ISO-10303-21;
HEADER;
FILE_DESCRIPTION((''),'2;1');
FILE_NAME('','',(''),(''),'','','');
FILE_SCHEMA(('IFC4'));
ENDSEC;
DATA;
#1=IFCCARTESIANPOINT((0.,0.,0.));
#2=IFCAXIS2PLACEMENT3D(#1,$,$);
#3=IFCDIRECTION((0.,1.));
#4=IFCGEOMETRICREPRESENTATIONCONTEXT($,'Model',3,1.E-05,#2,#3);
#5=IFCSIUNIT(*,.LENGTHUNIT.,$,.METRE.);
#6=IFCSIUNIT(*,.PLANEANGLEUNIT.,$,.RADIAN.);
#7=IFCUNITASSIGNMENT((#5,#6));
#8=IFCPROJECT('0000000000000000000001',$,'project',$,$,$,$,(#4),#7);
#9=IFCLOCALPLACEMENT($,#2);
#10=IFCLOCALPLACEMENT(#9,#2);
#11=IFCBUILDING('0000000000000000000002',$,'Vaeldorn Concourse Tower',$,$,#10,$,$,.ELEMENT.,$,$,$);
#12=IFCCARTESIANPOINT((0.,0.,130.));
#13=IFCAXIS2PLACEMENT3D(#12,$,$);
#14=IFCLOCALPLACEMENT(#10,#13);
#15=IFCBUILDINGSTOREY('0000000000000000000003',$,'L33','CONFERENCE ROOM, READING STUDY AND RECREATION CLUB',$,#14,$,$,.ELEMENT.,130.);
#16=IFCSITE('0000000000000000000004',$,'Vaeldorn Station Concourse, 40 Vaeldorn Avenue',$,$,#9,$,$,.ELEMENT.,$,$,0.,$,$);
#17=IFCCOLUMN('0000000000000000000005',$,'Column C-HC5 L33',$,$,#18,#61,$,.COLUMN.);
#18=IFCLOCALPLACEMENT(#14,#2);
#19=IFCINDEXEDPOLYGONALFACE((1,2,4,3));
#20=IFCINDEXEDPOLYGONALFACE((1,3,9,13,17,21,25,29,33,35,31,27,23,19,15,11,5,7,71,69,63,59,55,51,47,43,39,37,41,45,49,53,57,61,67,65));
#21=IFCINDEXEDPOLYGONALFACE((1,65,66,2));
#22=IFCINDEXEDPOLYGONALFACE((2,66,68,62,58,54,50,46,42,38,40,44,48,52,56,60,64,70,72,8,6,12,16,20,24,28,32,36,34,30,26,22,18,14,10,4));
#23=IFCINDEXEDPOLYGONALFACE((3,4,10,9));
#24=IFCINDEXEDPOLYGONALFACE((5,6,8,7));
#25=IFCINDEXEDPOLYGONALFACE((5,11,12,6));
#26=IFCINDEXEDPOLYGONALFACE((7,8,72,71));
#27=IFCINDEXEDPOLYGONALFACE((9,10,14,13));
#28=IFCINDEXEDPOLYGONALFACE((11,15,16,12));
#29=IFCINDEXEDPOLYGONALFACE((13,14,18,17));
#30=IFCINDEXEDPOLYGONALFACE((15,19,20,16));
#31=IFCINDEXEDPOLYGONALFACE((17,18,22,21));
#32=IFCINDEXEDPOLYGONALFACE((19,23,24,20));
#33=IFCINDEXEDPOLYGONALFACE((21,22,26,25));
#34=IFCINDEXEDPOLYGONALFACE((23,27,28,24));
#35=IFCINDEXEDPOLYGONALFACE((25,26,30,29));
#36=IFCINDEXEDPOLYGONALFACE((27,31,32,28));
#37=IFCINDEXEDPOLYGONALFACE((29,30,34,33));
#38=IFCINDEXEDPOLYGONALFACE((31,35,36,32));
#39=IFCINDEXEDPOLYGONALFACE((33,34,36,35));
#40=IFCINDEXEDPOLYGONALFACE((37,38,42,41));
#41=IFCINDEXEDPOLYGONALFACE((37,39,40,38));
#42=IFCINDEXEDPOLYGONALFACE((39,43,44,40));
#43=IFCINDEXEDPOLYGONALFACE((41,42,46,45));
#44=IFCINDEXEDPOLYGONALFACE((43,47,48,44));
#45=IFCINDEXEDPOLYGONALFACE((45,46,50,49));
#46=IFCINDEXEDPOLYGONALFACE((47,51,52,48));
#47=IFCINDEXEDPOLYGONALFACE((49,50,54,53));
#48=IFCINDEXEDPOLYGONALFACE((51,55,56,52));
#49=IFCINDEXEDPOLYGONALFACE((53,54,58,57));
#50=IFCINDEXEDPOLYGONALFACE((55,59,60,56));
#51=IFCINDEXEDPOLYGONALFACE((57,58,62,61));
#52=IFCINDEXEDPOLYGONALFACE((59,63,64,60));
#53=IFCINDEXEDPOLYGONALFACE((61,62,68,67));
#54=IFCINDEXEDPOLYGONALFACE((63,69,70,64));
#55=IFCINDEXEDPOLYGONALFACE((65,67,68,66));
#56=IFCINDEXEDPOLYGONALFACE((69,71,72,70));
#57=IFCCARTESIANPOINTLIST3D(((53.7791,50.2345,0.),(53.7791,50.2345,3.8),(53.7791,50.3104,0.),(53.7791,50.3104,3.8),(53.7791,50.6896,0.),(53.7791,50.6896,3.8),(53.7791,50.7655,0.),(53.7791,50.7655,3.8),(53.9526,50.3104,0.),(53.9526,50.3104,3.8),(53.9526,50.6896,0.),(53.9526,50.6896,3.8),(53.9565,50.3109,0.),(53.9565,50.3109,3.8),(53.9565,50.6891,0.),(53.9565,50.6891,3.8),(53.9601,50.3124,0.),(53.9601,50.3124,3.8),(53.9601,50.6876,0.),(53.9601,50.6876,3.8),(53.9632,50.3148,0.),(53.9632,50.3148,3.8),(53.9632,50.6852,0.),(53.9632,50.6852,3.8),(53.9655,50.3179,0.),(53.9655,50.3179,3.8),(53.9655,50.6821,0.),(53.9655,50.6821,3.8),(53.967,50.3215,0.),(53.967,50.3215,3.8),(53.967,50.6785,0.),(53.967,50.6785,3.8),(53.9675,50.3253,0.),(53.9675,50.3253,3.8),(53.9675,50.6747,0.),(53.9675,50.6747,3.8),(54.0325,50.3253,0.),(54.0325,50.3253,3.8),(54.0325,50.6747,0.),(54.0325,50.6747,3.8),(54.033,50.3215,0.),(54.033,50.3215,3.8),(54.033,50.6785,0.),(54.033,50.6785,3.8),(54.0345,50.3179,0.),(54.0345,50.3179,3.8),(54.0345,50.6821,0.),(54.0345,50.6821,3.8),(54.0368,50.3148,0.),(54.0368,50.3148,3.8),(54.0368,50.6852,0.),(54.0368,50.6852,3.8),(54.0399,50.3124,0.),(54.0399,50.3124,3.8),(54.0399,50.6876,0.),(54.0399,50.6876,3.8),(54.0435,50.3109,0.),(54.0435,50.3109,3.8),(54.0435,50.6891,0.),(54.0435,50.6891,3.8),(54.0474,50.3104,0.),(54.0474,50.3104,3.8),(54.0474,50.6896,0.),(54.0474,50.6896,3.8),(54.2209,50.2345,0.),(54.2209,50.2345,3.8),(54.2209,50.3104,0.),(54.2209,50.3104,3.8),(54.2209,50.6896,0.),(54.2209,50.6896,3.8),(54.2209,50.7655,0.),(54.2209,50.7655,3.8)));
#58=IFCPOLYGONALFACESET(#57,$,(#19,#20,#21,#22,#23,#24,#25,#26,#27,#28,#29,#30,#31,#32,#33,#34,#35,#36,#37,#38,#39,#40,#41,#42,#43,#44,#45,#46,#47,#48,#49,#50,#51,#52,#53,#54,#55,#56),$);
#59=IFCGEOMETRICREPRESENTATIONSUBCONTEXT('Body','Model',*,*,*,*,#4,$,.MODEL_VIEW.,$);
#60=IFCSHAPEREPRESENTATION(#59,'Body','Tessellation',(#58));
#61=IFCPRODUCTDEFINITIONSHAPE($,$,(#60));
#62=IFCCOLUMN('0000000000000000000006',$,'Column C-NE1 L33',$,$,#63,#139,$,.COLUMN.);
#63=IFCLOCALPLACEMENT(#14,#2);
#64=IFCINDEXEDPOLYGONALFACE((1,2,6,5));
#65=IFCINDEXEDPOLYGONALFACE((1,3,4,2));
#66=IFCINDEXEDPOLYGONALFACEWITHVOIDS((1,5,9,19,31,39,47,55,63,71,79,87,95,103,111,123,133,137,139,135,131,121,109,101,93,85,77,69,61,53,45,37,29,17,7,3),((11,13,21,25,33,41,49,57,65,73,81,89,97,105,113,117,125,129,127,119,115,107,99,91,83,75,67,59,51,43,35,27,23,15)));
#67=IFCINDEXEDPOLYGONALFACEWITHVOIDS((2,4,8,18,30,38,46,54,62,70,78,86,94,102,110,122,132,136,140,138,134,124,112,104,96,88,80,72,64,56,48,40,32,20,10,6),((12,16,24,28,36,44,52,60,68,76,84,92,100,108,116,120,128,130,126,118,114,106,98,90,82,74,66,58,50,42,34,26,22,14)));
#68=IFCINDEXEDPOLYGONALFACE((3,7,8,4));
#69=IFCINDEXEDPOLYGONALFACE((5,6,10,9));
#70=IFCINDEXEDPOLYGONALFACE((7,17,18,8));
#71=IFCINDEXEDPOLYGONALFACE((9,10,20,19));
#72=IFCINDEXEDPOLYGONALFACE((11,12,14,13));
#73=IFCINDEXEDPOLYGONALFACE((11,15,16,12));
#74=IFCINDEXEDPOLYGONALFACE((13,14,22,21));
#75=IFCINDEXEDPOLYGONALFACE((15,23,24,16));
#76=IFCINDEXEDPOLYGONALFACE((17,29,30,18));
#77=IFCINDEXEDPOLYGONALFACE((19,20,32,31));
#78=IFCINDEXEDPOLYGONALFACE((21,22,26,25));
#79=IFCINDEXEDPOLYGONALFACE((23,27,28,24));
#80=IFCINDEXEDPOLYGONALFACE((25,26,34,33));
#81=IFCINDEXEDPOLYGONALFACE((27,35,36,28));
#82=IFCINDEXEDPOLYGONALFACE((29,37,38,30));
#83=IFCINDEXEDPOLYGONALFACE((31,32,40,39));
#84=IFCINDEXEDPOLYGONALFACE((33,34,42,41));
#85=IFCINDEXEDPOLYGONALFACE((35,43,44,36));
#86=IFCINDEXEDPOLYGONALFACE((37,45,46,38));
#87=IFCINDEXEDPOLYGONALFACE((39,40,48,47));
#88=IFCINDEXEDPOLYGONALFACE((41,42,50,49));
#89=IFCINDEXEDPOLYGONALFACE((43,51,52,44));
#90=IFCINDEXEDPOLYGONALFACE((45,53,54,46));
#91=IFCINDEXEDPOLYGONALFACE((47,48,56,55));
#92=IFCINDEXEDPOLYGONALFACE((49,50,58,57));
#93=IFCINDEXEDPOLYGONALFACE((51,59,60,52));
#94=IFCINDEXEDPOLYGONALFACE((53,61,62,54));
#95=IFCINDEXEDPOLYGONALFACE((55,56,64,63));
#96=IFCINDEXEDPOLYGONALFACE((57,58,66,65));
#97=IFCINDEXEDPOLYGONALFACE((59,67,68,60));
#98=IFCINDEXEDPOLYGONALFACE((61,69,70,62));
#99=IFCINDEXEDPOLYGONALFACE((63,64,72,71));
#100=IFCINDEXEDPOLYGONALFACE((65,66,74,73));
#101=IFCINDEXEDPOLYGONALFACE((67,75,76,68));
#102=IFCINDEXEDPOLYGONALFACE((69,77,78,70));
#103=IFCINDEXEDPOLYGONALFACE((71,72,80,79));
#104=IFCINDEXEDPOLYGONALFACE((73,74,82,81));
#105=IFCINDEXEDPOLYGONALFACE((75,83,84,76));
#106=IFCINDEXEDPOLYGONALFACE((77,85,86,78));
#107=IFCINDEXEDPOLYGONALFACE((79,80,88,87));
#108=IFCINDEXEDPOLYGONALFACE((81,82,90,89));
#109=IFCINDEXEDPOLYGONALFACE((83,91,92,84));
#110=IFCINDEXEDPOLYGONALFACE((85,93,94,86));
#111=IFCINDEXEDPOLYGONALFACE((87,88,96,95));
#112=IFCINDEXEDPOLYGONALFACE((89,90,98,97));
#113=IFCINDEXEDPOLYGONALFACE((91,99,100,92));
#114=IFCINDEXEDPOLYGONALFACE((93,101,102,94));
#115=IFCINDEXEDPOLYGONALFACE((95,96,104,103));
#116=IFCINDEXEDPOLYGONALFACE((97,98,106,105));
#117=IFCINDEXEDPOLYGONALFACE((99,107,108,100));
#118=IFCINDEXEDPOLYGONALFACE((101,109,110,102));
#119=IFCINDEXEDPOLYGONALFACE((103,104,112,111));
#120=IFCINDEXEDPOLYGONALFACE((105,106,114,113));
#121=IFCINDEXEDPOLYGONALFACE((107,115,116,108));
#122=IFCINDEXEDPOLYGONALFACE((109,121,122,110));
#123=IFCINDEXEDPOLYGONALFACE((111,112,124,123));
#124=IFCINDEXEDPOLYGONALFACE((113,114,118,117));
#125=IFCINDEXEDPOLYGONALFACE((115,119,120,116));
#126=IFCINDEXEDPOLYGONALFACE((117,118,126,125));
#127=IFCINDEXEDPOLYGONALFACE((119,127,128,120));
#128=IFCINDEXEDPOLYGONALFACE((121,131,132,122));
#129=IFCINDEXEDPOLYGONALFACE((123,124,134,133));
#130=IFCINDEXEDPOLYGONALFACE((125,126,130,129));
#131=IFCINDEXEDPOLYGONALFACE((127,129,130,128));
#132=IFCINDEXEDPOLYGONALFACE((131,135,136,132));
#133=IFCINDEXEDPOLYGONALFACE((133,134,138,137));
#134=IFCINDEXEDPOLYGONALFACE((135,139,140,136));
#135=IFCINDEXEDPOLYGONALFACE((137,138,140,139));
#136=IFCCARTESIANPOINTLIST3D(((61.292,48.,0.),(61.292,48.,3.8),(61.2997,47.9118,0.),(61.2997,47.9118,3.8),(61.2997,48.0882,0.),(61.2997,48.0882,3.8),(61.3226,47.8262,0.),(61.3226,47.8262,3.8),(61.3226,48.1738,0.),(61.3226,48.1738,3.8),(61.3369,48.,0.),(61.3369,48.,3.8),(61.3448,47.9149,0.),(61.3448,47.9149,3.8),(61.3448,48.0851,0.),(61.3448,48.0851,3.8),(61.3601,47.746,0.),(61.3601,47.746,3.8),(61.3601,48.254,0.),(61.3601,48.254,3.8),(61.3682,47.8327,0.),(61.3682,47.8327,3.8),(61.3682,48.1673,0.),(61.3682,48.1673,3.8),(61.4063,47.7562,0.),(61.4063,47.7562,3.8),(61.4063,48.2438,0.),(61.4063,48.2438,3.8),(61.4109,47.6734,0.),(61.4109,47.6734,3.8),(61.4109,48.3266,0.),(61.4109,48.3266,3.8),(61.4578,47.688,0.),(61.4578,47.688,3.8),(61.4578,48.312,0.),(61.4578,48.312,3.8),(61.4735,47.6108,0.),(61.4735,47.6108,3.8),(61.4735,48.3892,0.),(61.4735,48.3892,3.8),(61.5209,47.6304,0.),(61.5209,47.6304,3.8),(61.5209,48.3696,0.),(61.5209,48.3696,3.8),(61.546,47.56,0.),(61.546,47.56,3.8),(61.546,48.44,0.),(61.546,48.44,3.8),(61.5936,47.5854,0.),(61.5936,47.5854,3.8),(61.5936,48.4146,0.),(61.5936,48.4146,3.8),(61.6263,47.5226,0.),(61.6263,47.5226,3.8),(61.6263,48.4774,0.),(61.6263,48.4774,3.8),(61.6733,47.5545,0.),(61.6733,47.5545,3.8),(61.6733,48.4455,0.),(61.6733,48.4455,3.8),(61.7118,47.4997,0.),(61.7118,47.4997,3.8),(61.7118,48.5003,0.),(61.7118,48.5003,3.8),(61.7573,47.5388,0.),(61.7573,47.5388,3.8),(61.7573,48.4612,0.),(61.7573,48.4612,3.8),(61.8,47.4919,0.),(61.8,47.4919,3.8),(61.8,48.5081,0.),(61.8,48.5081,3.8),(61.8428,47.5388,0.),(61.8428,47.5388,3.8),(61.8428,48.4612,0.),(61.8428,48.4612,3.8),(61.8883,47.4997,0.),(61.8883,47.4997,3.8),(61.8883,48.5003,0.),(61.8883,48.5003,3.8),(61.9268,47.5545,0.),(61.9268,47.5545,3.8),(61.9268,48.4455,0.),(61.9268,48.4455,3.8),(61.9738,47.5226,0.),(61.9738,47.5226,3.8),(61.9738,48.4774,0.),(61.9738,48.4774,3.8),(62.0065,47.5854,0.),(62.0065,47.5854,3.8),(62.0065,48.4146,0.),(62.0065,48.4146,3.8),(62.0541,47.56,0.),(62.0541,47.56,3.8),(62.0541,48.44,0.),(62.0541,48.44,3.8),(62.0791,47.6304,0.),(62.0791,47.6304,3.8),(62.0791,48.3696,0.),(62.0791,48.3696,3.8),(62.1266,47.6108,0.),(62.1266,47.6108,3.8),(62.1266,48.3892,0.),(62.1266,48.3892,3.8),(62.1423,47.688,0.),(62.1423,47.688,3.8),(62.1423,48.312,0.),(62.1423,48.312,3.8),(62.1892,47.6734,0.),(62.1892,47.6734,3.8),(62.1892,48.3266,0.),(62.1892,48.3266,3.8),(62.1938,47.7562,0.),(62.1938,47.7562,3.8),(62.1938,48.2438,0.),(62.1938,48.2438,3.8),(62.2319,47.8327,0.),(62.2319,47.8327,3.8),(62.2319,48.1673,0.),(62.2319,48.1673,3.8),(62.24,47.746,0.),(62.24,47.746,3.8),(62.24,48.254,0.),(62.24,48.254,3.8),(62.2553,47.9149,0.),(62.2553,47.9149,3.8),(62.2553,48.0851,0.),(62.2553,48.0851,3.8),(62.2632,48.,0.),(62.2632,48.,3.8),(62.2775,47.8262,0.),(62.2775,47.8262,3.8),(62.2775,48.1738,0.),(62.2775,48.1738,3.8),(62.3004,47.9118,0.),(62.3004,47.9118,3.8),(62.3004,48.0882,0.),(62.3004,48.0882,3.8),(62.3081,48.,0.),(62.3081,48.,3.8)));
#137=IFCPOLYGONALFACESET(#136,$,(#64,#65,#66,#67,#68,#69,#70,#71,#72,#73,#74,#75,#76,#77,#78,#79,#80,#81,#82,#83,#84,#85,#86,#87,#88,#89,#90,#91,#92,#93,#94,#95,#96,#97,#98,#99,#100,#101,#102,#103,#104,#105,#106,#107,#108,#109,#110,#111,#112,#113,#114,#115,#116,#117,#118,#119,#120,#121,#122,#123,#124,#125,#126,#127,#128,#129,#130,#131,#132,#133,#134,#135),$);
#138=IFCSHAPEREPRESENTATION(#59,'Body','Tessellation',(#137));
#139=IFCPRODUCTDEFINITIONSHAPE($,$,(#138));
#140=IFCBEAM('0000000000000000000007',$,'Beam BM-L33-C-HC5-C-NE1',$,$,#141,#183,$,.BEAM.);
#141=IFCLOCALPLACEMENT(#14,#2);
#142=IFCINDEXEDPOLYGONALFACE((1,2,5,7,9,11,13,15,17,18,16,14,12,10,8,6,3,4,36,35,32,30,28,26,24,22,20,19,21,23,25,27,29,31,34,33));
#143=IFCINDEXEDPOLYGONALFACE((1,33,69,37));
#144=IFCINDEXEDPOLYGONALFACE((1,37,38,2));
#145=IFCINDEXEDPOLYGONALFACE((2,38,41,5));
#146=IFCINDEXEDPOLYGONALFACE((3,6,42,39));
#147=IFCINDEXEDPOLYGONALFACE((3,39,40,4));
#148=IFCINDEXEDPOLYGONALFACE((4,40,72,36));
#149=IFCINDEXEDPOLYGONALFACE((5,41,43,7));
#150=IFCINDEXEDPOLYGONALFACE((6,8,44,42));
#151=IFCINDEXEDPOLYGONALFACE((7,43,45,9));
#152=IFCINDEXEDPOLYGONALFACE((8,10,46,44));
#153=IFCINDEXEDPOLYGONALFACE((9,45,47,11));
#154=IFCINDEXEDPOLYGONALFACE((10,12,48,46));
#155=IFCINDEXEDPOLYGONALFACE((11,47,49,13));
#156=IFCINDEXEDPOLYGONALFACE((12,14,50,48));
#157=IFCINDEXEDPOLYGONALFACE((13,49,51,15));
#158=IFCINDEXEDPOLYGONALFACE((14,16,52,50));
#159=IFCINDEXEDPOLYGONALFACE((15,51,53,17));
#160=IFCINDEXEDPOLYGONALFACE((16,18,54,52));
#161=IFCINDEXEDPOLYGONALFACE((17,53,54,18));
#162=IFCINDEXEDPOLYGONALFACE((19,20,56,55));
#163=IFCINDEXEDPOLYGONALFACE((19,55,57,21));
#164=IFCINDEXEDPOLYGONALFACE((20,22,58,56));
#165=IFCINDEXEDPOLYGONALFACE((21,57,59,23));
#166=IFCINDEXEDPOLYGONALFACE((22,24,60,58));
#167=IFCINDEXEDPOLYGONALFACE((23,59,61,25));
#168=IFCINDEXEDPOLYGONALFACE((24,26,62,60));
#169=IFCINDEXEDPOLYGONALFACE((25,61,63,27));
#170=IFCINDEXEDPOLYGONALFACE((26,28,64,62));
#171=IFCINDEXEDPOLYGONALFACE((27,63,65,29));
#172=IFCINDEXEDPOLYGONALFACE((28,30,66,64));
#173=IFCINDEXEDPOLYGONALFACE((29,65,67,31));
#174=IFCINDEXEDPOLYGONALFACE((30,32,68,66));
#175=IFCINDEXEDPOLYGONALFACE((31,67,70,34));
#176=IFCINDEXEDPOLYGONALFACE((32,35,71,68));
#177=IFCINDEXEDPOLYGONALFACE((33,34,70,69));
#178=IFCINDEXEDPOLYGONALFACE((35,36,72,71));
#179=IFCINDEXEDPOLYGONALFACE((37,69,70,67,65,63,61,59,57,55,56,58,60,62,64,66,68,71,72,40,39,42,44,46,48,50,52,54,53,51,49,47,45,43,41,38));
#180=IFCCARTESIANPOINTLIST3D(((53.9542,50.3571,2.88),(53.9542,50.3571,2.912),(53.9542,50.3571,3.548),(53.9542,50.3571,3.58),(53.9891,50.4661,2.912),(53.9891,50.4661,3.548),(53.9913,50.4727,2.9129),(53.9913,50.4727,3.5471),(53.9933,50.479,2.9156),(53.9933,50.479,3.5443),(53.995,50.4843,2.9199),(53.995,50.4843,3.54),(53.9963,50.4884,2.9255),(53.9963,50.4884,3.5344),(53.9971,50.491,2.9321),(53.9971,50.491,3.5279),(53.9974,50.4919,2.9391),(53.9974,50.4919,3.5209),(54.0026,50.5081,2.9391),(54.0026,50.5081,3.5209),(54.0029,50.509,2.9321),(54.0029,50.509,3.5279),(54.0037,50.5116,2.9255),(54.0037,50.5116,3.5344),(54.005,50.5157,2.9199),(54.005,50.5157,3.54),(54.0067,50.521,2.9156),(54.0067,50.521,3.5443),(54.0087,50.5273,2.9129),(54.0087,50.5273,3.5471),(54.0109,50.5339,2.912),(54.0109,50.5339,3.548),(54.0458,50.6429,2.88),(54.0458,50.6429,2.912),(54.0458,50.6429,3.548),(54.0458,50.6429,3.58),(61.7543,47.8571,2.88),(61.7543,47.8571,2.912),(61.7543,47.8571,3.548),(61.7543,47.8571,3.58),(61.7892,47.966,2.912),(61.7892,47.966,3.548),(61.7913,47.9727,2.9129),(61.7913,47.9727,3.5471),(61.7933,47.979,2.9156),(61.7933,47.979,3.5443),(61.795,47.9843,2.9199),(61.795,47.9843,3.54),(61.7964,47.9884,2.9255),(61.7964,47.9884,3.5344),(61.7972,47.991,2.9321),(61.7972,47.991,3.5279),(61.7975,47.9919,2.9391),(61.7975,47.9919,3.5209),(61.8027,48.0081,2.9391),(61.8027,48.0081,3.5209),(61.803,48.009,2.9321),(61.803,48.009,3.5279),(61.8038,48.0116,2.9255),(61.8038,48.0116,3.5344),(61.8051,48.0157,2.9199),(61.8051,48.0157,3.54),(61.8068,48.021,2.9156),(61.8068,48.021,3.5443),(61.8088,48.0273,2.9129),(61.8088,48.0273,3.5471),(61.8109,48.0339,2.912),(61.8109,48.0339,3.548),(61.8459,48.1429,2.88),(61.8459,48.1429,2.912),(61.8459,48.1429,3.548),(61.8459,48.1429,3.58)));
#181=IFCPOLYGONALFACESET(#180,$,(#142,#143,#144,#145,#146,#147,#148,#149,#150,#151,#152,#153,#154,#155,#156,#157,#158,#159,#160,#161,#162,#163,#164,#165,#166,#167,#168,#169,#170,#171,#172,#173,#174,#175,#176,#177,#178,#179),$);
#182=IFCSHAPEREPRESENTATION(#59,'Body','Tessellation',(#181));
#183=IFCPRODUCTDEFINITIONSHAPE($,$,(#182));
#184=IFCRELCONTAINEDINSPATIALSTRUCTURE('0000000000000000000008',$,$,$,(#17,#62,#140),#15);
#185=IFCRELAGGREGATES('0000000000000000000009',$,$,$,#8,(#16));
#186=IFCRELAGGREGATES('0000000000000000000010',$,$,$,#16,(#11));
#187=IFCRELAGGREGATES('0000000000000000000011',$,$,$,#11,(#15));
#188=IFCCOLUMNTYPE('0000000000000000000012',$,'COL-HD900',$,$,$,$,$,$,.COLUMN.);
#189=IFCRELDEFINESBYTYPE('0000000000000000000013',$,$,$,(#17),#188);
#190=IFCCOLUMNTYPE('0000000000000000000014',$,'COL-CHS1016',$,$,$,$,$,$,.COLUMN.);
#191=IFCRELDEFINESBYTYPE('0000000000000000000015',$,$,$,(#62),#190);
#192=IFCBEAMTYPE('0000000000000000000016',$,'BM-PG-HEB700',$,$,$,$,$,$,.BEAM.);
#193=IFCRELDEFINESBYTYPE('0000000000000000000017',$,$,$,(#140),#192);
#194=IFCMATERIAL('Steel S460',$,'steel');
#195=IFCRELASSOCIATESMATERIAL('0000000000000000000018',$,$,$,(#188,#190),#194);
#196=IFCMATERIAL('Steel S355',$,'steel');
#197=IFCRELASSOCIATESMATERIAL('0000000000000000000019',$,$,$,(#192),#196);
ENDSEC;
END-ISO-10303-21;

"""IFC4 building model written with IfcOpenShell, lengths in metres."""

from ifc_helpers import new_model, si_unit, direction, frame, origin, origin_2d, place, context, subcontext, project, spatial, hollow_circle, i_section, extrude, source, transform, mapped, material, material_profile, profile_set, type_object, element, save


model = new_model("IFC4")

# Units and contexts
model_context = context("Model", 3, precision=1e-05, world=origin(), true_north=direction((0.0, 1.0)))
body_context = subcontext(model_context, "Body", "Model", "MODEL_VIEW")
ifc_project = project(units=[si_unit("LENGTHUNIT", "METRE"), si_unit("PLANEANGLEUNIT", "RADIAN")], contexts=[model_context])

# Site, building, storey
site_placement = place(None, origin())
site = spatial("IfcSite", under=ifc_project, at=site_placement, Name="Vaeldorn Station Concourse, 40 Vaeldorn Avenue", CompositionType="ELEMENT", RefElevation=0.0)
building_placement = place(site_placement, origin())
building = spatial("IfcBuilding", under=site, at=building_placement, Name="Vaeldorn Concourse Tower", CompositionType="ELEMENT")
storey_placement = place(building_placement, frame((0.0, 0.0, 130.0)))
storey = spatial("IfcBuildingStorey", under=building, at=storey_placement, Name="L33", Description="CONFERENCE ROOM, READING STUDY AND RECREATION CLUB", CompositionType="ELEMENT", Elevation=130.0)

# Columns
ifc_material_1 = material(Name="Steel S460", Category="steel")
ifc_material_profile_1 = material_profile(ifc_material_1, i_section(OverallWidth=0.4419, OverallDepth=0.531, WebThickness=0.0649, FlangeThickness=0.0759, FilletRadius=0.0149, at=origin_2d()), Name="HD 400x900")
ifc_profile_set_1 = profile_set([ifc_material_profile_1], Name="Steel S460")
column_type_1 = type_object("IfcColumnType", Name="COL-HD900", PredefinedType="COLUMN", material=ifc_profile_set_1)
shared_shape_1 = source(origin(), body_context, "Body", "SweptSolid", [
    extrude(i_section(OverallWidth=0.4419, OverallDepth=0.531, WebThickness=0.0649, FlangeThickness=0.0759, FilletRadius=0.0149, at=origin_2d()), origin(), (0.0, 0.0, 1.0), 3.8),
])
column_1_placement = place(storey_placement, frame((54.0, 50.5, 0.0), z_axis=(0.0, 0.0, 1.0), x_axis=(1.0, 0.0, 0.0)))
element("IfcColumn", 1, at=column_1_placement, inside=storey, type_object=column_type_1, Name="Column C-HC5 L33", PredefinedType="COLUMN", context=body_context, shape_type="MappedRepresentation", body=[
    mapped(shared_shape_1, transform((0.0, 0.0, 0.0), scale=1.0)),
])
ifc_material_profile_2 = material_profile(ifc_material_1, hollow_circle(Radius=0.5081, WallThickness=0.0449, at=origin_2d()), Name="CHS 1016x45")
ifc_profile_set_2 = profile_set([ifc_material_profile_2], Name="Steel S460")
column_type_2 = type_object("IfcColumnType", Name="COL-CHS1016", PredefinedType="COLUMN", material=ifc_profile_set_2)
shared_shape_2 = source(origin(), body_context, "Body", "SweptSolid", [
    extrude(hollow_circle(Radius=0.5081, WallThickness=0.0449, at=origin_2d()), origin(), (0.0, 0.0, 1.0), 3.8),
])
column_2_placement = place(storey_placement, frame((61.8, 48.0, 0.0), z_axis=(0.0, 0.0, 1.0), x_axis=(1.0, 0.0, 0.0)))
element("IfcColumn", 2, at=column_2_placement, inside=storey, type_object=column_type_2, Name="Column C-NE1 L33", PredefinedType="COLUMN", context=body_context, shape_type="MappedRepresentation", body=[
    mapped(shared_shape_2, transform((0.0, 0.0, 0.0), scale=1.0)),
])

# Beam
ifc_material_2 = material(Name="Steel S355", Category="steel")
ifc_material_profile_3 = material_profile(ifc_material_2, i_section(OverallWidth=0.3, OverallDepth=0.7, WebThickness=0.0171, FlangeThickness=0.032, FilletRadius=0.0271, at=origin_2d()), Name="HEB 700")
ifc_profile_set_3 = profile_set([ifc_material_profile_3], Name="Steel S355")
beam_type_1 = type_object("IfcBeamType", Name="BM-PG-HEB700", PredefinedType="BEAM", material=ifc_profile_set_3)
shared_shape_3 = source(origin(), body_context, "Body", "SweptSolid", [
    extrude(i_section(OverallWidth=0.3, OverallDepth=0.7, WebThickness=0.0171, FlangeThickness=0.032, FilletRadius=0.0271, at=origin_2d()), origin(), (0.0, 0.0, 1.0), 8.1909),
])
beam_1_placement = place(storey_placement, frame((54.0, 50.5, 3.23), z_axis=(0.952283, -0.305217, 0.0), x_axis=(0.305217, 0.952283, 0.0)))
element("IfcBeam", 3, at=beam_1_placement, inside=storey, type_object=beam_type_1, Name="Beam BM-L33-C-HC5-C-NE1", PredefinedType="BEAM", context=body_context, shape_type="MappedRepresentation", body=[
    mapped(shared_shape_3, transform((0.0, 0.0, 0.0), scale=1.0)),
])

save(model, "model.ifc")
